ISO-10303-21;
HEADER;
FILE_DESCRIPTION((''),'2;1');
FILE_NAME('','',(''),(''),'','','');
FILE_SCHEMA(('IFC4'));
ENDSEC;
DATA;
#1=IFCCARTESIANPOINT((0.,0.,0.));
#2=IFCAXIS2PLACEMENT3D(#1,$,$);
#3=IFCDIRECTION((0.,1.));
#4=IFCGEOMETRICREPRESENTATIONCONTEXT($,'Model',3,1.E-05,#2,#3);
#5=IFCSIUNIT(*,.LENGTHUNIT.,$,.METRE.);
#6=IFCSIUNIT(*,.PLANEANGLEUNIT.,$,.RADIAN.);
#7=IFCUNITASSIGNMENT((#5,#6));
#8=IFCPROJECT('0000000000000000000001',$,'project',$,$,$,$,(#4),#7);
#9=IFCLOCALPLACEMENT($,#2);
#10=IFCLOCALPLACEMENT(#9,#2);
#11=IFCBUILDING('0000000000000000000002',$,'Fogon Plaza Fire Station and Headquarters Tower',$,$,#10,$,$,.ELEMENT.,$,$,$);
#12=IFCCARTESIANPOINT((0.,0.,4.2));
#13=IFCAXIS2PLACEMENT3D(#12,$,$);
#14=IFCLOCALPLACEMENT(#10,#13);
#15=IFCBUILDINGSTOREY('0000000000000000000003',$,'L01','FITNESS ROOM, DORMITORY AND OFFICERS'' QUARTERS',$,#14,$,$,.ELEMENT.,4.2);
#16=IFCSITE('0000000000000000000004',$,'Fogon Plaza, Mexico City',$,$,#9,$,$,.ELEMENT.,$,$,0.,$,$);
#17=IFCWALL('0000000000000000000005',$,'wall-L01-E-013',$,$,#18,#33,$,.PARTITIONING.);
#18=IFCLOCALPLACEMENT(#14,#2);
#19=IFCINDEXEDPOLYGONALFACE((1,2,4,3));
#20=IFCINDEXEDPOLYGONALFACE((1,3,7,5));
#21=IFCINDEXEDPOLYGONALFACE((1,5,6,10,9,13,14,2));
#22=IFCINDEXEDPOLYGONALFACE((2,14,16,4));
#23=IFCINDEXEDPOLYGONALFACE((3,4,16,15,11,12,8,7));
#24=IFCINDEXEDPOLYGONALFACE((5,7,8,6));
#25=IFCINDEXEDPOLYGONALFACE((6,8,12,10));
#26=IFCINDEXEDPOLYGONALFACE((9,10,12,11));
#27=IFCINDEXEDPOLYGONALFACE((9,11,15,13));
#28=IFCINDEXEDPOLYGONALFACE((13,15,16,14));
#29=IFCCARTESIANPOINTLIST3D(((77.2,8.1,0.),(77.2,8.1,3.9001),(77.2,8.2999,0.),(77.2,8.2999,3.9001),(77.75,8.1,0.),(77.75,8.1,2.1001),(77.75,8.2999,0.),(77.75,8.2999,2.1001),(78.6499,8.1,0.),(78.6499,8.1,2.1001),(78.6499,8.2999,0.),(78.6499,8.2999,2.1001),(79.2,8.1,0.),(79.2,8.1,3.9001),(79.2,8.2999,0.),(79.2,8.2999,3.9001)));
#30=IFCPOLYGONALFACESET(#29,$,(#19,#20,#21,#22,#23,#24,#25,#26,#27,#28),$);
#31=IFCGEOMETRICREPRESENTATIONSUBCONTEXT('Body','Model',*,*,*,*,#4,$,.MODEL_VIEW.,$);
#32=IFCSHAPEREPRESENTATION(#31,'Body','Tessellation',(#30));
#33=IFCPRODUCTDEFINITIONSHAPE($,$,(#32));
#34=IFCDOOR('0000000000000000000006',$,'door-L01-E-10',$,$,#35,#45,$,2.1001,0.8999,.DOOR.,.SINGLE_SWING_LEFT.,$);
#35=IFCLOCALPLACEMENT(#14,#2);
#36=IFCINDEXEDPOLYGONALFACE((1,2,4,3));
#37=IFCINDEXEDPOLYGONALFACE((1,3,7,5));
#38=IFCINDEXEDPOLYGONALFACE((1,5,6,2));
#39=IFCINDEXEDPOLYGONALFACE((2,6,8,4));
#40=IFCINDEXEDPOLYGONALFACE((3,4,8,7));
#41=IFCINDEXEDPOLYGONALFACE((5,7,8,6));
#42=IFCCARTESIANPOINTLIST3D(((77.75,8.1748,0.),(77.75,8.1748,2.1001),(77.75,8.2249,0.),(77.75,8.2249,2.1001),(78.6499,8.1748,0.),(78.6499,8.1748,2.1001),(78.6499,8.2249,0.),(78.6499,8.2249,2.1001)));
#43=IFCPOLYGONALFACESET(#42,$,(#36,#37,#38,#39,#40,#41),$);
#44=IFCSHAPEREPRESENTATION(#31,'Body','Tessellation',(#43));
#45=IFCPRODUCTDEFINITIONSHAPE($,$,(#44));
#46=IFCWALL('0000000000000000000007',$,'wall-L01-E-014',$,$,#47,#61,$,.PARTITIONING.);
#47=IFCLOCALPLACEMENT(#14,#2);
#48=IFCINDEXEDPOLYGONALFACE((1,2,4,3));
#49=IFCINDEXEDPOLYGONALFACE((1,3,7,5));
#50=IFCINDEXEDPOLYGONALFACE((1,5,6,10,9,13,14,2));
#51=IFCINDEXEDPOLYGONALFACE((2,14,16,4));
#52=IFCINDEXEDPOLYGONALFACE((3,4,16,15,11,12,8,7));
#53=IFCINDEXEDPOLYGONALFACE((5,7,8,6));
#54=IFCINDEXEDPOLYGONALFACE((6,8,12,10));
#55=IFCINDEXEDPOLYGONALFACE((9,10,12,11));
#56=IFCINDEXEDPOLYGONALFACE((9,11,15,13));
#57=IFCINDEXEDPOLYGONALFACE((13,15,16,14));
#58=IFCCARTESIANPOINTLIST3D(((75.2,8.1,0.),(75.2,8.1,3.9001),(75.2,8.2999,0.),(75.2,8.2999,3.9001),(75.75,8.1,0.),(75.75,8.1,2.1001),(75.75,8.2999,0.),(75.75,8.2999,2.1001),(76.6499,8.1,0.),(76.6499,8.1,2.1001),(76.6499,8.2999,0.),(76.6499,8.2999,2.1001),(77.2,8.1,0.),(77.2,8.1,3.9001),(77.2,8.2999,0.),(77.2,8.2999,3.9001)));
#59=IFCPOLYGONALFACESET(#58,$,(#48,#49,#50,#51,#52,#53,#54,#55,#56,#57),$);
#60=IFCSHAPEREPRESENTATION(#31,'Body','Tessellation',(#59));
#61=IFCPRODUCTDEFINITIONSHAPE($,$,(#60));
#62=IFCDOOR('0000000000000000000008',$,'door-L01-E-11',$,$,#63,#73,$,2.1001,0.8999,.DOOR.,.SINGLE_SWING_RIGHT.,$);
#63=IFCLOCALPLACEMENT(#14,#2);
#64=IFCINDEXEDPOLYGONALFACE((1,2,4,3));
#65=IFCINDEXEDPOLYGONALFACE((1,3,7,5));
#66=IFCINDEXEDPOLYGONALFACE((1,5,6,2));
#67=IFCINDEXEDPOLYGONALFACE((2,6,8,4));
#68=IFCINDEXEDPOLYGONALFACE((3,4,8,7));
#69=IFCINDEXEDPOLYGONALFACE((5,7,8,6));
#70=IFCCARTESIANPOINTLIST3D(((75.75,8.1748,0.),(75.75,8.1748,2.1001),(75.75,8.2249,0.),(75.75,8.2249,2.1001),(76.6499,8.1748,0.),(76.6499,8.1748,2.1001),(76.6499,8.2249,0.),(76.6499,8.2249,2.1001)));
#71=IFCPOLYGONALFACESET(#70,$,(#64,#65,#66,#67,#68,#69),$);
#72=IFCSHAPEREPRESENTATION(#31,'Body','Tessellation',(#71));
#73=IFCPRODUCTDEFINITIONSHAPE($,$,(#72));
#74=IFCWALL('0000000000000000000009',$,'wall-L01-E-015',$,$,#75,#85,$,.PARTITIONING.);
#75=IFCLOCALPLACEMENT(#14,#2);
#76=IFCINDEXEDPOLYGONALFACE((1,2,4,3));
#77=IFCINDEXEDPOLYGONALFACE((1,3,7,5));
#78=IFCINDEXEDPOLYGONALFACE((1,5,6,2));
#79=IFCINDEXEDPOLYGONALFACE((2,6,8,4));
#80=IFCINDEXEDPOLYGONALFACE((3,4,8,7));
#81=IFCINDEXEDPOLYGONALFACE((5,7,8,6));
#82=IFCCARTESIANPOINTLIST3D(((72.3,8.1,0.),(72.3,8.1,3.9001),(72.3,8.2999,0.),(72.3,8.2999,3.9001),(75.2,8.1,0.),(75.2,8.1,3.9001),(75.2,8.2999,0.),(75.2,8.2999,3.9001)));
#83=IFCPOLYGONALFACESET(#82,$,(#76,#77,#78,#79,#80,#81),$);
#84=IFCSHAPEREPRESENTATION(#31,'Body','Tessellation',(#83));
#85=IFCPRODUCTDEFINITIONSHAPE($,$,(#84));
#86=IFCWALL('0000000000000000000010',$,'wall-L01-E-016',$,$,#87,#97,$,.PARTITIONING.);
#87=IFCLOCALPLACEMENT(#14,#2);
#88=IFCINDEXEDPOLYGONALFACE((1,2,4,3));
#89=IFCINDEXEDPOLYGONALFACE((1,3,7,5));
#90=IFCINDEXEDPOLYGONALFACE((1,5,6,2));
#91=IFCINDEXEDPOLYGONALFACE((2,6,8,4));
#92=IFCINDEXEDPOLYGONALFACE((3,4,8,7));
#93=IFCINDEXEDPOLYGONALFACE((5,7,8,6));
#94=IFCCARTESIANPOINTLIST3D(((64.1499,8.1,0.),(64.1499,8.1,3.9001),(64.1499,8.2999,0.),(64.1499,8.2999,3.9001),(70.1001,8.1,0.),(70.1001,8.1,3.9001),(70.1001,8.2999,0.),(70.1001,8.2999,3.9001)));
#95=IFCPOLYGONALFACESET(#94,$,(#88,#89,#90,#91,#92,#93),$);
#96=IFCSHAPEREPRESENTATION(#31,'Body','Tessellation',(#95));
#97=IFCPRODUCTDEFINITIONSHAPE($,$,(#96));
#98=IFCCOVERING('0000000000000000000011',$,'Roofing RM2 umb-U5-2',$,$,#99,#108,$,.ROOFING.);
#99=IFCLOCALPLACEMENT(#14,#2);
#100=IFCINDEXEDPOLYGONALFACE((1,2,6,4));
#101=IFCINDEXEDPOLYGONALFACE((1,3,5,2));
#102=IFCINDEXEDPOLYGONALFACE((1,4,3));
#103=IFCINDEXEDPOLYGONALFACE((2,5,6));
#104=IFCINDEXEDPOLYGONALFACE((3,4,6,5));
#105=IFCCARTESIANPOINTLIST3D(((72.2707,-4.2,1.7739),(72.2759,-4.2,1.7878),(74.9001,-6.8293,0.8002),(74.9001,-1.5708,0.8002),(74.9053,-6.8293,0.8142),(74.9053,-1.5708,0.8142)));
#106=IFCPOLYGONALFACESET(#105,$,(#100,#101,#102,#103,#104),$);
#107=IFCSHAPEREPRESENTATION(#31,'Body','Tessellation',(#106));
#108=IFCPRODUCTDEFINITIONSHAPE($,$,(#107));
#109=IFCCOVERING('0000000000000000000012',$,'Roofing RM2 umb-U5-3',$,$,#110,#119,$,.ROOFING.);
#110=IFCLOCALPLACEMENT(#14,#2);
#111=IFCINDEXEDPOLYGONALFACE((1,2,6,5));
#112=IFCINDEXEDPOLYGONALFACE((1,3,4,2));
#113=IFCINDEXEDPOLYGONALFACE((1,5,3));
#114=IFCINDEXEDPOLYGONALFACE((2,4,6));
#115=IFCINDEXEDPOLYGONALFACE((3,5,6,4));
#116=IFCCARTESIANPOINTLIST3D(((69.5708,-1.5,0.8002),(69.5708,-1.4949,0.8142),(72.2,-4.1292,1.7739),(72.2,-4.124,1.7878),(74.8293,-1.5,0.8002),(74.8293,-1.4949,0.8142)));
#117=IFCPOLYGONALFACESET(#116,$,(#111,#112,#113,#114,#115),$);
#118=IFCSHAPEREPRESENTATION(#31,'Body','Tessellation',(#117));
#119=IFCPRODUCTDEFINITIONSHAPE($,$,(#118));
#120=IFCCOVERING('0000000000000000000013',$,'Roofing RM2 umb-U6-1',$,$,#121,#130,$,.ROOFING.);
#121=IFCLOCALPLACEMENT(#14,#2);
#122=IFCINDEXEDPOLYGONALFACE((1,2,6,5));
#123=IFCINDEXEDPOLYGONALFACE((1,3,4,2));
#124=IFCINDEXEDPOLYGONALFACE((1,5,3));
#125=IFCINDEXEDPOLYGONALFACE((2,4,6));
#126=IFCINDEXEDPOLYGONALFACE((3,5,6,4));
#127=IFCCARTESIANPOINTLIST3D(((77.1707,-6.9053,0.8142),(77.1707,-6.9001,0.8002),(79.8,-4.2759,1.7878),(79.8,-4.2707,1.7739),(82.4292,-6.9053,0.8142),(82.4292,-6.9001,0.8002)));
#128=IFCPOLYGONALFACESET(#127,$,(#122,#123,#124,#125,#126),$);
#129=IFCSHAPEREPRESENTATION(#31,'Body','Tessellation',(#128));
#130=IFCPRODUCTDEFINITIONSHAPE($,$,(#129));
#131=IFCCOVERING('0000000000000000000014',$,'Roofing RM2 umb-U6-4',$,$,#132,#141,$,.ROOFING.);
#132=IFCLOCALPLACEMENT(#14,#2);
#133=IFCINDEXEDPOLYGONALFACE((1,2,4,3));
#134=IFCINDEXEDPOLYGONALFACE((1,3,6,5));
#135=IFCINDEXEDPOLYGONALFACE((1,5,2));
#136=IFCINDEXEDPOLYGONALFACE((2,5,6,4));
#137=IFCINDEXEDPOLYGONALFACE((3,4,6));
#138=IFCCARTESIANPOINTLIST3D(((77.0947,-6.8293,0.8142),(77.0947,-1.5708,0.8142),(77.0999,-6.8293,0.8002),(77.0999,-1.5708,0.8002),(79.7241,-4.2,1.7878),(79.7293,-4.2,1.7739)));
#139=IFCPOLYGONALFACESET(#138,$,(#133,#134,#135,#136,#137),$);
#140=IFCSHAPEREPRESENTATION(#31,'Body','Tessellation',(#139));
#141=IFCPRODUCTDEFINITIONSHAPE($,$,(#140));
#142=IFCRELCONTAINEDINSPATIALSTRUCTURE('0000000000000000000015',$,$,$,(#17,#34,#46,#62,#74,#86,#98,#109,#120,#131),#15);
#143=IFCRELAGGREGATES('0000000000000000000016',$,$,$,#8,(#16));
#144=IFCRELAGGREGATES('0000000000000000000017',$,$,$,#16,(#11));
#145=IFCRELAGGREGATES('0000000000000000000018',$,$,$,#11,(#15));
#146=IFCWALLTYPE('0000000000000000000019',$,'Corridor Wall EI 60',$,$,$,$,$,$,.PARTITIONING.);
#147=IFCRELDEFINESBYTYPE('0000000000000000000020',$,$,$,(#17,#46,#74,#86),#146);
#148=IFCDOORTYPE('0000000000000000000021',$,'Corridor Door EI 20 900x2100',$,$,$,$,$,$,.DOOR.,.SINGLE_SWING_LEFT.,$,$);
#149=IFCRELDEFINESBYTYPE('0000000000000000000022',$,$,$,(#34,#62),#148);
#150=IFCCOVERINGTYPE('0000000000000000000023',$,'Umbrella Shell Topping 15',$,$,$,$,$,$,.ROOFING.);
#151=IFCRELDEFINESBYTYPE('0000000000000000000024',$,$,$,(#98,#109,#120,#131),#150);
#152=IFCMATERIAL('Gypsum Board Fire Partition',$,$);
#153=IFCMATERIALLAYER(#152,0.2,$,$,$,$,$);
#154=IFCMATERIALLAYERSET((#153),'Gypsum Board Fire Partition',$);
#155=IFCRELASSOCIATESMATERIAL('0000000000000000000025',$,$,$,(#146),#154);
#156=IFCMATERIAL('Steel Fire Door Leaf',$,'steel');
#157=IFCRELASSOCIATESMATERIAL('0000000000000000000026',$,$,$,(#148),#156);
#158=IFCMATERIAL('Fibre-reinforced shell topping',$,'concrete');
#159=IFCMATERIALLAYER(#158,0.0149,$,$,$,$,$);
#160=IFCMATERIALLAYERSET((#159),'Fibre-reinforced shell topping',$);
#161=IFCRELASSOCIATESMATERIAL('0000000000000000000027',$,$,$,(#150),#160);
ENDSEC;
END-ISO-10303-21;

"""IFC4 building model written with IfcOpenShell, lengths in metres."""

from ifc_helpers import new_model, si_unit, direction, frame, frame_2d, origin, place, context, subcontext, project, spatial, polyline, rectangle, outline, extrude, material, layer, layer_set, type_object, element, fill, save


model = new_model("IFC4")

# Units and contexts
model_context = context("Model", 3, precision=1e-05, world=origin(), true_north=direction((0.0, 1.0)))
body_context = subcontext(model_context, "Body", "Model", "MODEL_VIEW")
ifc_project = project(units=[si_unit("LENGTHUNIT", "METRE"), si_unit("PLANEANGLEUNIT", "RADIAN")], contexts=[model_context])

# Site, building, storey
site_placement = place(None, origin())
site = spatial("IfcSite", under=ifc_project, at=site_placement, Name="Fogon Plaza, Mexico City", CompositionType="ELEMENT", RefElevation=0.0)
building_placement = place(site_placement, origin())
building = spatial("IfcBuilding", under=site, at=building_placement, Name="Fogon Plaza Fire Station and Headquarters Tower", CompositionType="ELEMENT")
storey_placement = place(building_placement, frame((0.0, 0.0, 4.2)))
storey = spatial("IfcBuildingStorey", under=building, at=storey_placement, Name="L01", Description="FITNESS ROOM, DORMITORY AND OFFICERS' QUARTERS", CompositionType="ELEMENT", Elevation=4.2)

# Walls, openings, doors
ifc_material_1 = material(Name="Gypsum Board Fire Partition")
ifc_layer_1 = layer(ifc_material_1, 0.2)
ifc_layer_set_1 = layer_set([ifc_layer_1], Name="Gypsum Board Fire Partition")
wall_type_1 = type_object("IfcWallType", Name="Corridor Wall EI 60", PredefinedType="PARTITIONING", material=ifc_layer_set_1)
wall_1_placement = place(storey_placement, frame((79.2, 8.2, 0.0), z_axis=(0.0, 0.0, 1.0), x_axis=(-1.0, 0.0, 0.0)))
wall_1 = element("IfcWall", 1, at=wall_1_placement, inside=storey, type_object=wall_type_1, Name="wall-L01-E-013", PredefinedType="PARTITIONING", context=body_context, shape_type="SweptSolid", body=[
    extrude(rectangle(XDim=2.0, YDim=0.2, at=frame_2d((1.0, 0.0))), origin(), (0.0, 0.0, 1.0), 3.9001),
])
opening_1_placement = place(wall_1_placement, frame((0.55, 0.0, 0.0)))
opening_1 = element("IfcOpeningElement", 2, at=opening_1_placement, cuts=wall_1, PredefinedType="OPENING", context=body_context, shape_type="SweptSolid", body=[
    extrude(rectangle(XDim=0.8999, YDim=2.1001, at=frame_2d((0.45, 1.05))), frame((0.0, 0.1099, 0.0), z_axis=(0.0, -1.0, 0.0), x_axis=(1.0, 0.0, 0.0)), (0.0, 0.0, 1.0), 0.22),
])
ifc_material_2 = material(Name="Steel Fire Door Leaf", Category="steel")
door_type_1 = type_object("IfcDoorType", Name="Corridor Door EI 20 900x2100", OperationType="SINGLE_SWING_LEFT", PredefinedType="DOOR", material=ifc_material_2)
door_1_placement = place(opening_1_placement, frame((0.8999, 0.0, 0.0), z_axis=(0.0, 0.0, 1.0), x_axis=(-1.0, 0.0, 0.0)))
door_1 = element("IfcDoor", 3, at=door_1_placement, inside=storey, type_object=door_type_1, Name="door-L01-E-10", OperationType="SINGLE_SWING_LEFT", OverallHeight=2.1001, OverallWidth=0.8999, PredefinedType="DOOR", context=body_context, shape_type="SweptSolid", body=[
    extrude(rectangle(XDim=0.8999, YDim=2.1001, at=frame_2d((0.45, 1.05))), frame((0.0, 0.0249, 0.0), z_axis=(0.0, -1.0, 0.0), x_axis=(1.0, 0.0, 0.0)), (0.0, 0.0, 1.0), 0.05),
])
fill(opening_1, door_1)
wall_2_placement = place(storey_placement, frame((77.2, 8.2, 0.0), z_axis=(0.0, 0.0, 1.0), x_axis=(-1.0, 0.0, 0.0)))
wall_2 = element("IfcWall", 4, at=wall_2_placement, inside=storey, type_object=wall_type_1, Name="wall-L01-E-014", PredefinedType="PARTITIONING", context=body_context, shape_type="SweptSolid", body=[
    extrude(rectangle(XDim=2.0, YDim=0.2, at=frame_2d((1.0, 0.0))), origin(), (0.0, 0.0, 1.0), 3.9001),
])
opening_2_placement = place(wall_2_placement, frame((0.55, 0.0, 0.0)))
opening_2 = element("IfcOpeningElement", 5, at=opening_2_placement, cuts=wall_2, PredefinedType="OPENING", context=body_context, shape_type="SweptSolid", body=[
    extrude(rectangle(XDim=0.8999, YDim=2.1001, at=frame_2d((0.45, 1.05))), frame((0.0, 0.1099, 0.0), z_axis=(0.0, -1.0, 0.0), x_axis=(1.0, 0.0, 0.0)), (0.0, 0.0, 1.0), 0.22),
])
door_2_placement = place(opening_2_placement, frame((0.8999, 0.0, 0.0), z_axis=(0.0, 0.0, 1.0), x_axis=(-1.0, 0.0, 0.0)))
door_2 = element("IfcDoor", 6, at=door_2_placement, inside=storey, type_object=door_type_1, Name="door-L01-E-11", OperationType="SINGLE_SWING_RIGHT", OverallHeight=2.1001, OverallWidth=0.8999, PredefinedType="DOOR", context=body_context, shape_type="SweptSolid", body=[
    extrude(rectangle(XDim=0.8999, YDim=2.1001, at=frame_2d((0.45, 1.05))), frame((0.0, 0.0249, 0.0), z_axis=(0.0, -1.0, 0.0), x_axis=(1.0, 0.0, 0.0)), (0.0, 0.0, 1.0), 0.05),
])
fill(opening_2, door_2)

# Walls
wall_3_placement = place(storey_placement, frame((75.2, 8.2, 0.0), z_axis=(0.0, 0.0, 1.0), x_axis=(-1.0, 0.0, 0.0)))
element("IfcWall", 7, at=wall_3_placement, inside=storey, type_object=wall_type_1, Name="wall-L01-E-015", PredefinedType="PARTITIONING", context=body_context, shape_type="SweptSolid", body=[
    extrude(rectangle(XDim=2.8999, YDim=0.2, at=frame_2d((1.45, 0.0))), origin(), (0.0, 0.0, 1.0), 3.9001),
])
wall_4_placement = place(storey_placement, frame((70.1001, 8.2, 0.0), z_axis=(0.0, 0.0, 1.0), x_axis=(-1.0, 0.0, 0.0)))
element("IfcWall", 8, at=wall_4_placement, inside=storey, type_object=wall_type_1, Name="wall-L01-E-016", PredefinedType="PARTITIONING", context=body_context, shape_type="SweptSolid", body=[
    extrude(rectangle(XDim=5.9502, YDim=0.2, at=frame_2d((2.9751, 0.0))), origin(), (0.0, 0.0, 1.0), 3.9001),
])

# Coverings
ifc_material_3 = material(Name="Fibre-reinforced shell topping", Category="concrete")
ifc_layer_2 = layer(ifc_material_3, 0.0149)
ifc_layer_set_2 = layer_set([ifc_layer_2], Name="Fibre-reinforced shell topping")
covering_type = type_object("IfcCoveringType", Name="Umbrella Shell Topping 15", PredefinedType="ROOFING", material=ifc_layer_set_2)
covering_1_placement = place(storey_placement, frame((74.9053, -6.8293, 0.8142), z_axis=(0.347246, 0.0, 0.937774), x_axis=(-0.684047, 0.684047, 0.253294)))
element("IfcCovering", 9, at=covering_1_placement, inside=storey, type_object=covering_type, Name="Roofing RM2 umb-U5-2", PredefinedType="ROOFING", context=body_context, shape_type="SweptSolid", body=[
    extrude(outline(polyline([(0.0, 0.0), (3.8439, 0.0), (3.5971, -3.8358), (0.0, 0.0)])), origin(), (0.0, 0.0, -1.0), 0.0149),
])
covering_2_placement = place(storey_placement, frame((74.8293, -1.4949, 0.8142), z_axis=(0.0, 0.347275, 0.937763), x_axis=(-0.684077, -0.684014, 0.253305)))
element("IfcCovering", 10, at=covering_2_placement, inside=storey, type_object=covering_type, Name="Roofing RM2 umb-U5-3", PredefinedType="ROOFING", context=body_context, shape_type="SweptSolid", body=[
    extrude(outline(polyline([(0.0, 0.0), (3.8437, 0.0), (3.5973, -3.8356), (0.0, 0.0)])), origin(), (0.0, 0.0, -1.0), 0.0149),
])
covering_3_placement = place(storey_placement, frame((77.1707, -6.9053, 0.8142), z_axis=(0.0, -0.347246, 0.937774), x_axis=(0.684047, 0.684047, 0.253294)))
element("IfcCovering", 11, at=covering_3_placement, inside=storey, type_object=covering_type, Name="Roofing RM2 umb-U6-1", PredefinedType="ROOFING", context=body_context, shape_type="SweptSolid", body=[
    extrude(outline(polyline([(0.0, 0.0), (3.8439, 0.0), (3.5971, -3.8358), (0.0, 0.0)])), origin(), (0.0, 0.0, -1.0), 0.0149),
])
covering_4_placement = place(storey_placement, frame((77.0947, -1.5708, 0.8142), z_axis=(-0.347246, 0.0, 0.937774), x_axis=(0.684077, -0.684014, 0.253305)))
element("IfcCovering", 12, at=covering_4_placement, inside=storey, type_object=covering_type, Name="Roofing RM2 umb-U6-4", PredefinedType="ROOFING", context=body_context, shape_type="SweptSolid", body=[
    extrude(outline(polyline([(0.0, 0.0), (3.8437, 0.0), (3.5969, -3.8359), (0.0, 0.0)])), origin(), (0.0, 0.0, -1.0), 0.0149),
])

save(model, "model.ifc")
